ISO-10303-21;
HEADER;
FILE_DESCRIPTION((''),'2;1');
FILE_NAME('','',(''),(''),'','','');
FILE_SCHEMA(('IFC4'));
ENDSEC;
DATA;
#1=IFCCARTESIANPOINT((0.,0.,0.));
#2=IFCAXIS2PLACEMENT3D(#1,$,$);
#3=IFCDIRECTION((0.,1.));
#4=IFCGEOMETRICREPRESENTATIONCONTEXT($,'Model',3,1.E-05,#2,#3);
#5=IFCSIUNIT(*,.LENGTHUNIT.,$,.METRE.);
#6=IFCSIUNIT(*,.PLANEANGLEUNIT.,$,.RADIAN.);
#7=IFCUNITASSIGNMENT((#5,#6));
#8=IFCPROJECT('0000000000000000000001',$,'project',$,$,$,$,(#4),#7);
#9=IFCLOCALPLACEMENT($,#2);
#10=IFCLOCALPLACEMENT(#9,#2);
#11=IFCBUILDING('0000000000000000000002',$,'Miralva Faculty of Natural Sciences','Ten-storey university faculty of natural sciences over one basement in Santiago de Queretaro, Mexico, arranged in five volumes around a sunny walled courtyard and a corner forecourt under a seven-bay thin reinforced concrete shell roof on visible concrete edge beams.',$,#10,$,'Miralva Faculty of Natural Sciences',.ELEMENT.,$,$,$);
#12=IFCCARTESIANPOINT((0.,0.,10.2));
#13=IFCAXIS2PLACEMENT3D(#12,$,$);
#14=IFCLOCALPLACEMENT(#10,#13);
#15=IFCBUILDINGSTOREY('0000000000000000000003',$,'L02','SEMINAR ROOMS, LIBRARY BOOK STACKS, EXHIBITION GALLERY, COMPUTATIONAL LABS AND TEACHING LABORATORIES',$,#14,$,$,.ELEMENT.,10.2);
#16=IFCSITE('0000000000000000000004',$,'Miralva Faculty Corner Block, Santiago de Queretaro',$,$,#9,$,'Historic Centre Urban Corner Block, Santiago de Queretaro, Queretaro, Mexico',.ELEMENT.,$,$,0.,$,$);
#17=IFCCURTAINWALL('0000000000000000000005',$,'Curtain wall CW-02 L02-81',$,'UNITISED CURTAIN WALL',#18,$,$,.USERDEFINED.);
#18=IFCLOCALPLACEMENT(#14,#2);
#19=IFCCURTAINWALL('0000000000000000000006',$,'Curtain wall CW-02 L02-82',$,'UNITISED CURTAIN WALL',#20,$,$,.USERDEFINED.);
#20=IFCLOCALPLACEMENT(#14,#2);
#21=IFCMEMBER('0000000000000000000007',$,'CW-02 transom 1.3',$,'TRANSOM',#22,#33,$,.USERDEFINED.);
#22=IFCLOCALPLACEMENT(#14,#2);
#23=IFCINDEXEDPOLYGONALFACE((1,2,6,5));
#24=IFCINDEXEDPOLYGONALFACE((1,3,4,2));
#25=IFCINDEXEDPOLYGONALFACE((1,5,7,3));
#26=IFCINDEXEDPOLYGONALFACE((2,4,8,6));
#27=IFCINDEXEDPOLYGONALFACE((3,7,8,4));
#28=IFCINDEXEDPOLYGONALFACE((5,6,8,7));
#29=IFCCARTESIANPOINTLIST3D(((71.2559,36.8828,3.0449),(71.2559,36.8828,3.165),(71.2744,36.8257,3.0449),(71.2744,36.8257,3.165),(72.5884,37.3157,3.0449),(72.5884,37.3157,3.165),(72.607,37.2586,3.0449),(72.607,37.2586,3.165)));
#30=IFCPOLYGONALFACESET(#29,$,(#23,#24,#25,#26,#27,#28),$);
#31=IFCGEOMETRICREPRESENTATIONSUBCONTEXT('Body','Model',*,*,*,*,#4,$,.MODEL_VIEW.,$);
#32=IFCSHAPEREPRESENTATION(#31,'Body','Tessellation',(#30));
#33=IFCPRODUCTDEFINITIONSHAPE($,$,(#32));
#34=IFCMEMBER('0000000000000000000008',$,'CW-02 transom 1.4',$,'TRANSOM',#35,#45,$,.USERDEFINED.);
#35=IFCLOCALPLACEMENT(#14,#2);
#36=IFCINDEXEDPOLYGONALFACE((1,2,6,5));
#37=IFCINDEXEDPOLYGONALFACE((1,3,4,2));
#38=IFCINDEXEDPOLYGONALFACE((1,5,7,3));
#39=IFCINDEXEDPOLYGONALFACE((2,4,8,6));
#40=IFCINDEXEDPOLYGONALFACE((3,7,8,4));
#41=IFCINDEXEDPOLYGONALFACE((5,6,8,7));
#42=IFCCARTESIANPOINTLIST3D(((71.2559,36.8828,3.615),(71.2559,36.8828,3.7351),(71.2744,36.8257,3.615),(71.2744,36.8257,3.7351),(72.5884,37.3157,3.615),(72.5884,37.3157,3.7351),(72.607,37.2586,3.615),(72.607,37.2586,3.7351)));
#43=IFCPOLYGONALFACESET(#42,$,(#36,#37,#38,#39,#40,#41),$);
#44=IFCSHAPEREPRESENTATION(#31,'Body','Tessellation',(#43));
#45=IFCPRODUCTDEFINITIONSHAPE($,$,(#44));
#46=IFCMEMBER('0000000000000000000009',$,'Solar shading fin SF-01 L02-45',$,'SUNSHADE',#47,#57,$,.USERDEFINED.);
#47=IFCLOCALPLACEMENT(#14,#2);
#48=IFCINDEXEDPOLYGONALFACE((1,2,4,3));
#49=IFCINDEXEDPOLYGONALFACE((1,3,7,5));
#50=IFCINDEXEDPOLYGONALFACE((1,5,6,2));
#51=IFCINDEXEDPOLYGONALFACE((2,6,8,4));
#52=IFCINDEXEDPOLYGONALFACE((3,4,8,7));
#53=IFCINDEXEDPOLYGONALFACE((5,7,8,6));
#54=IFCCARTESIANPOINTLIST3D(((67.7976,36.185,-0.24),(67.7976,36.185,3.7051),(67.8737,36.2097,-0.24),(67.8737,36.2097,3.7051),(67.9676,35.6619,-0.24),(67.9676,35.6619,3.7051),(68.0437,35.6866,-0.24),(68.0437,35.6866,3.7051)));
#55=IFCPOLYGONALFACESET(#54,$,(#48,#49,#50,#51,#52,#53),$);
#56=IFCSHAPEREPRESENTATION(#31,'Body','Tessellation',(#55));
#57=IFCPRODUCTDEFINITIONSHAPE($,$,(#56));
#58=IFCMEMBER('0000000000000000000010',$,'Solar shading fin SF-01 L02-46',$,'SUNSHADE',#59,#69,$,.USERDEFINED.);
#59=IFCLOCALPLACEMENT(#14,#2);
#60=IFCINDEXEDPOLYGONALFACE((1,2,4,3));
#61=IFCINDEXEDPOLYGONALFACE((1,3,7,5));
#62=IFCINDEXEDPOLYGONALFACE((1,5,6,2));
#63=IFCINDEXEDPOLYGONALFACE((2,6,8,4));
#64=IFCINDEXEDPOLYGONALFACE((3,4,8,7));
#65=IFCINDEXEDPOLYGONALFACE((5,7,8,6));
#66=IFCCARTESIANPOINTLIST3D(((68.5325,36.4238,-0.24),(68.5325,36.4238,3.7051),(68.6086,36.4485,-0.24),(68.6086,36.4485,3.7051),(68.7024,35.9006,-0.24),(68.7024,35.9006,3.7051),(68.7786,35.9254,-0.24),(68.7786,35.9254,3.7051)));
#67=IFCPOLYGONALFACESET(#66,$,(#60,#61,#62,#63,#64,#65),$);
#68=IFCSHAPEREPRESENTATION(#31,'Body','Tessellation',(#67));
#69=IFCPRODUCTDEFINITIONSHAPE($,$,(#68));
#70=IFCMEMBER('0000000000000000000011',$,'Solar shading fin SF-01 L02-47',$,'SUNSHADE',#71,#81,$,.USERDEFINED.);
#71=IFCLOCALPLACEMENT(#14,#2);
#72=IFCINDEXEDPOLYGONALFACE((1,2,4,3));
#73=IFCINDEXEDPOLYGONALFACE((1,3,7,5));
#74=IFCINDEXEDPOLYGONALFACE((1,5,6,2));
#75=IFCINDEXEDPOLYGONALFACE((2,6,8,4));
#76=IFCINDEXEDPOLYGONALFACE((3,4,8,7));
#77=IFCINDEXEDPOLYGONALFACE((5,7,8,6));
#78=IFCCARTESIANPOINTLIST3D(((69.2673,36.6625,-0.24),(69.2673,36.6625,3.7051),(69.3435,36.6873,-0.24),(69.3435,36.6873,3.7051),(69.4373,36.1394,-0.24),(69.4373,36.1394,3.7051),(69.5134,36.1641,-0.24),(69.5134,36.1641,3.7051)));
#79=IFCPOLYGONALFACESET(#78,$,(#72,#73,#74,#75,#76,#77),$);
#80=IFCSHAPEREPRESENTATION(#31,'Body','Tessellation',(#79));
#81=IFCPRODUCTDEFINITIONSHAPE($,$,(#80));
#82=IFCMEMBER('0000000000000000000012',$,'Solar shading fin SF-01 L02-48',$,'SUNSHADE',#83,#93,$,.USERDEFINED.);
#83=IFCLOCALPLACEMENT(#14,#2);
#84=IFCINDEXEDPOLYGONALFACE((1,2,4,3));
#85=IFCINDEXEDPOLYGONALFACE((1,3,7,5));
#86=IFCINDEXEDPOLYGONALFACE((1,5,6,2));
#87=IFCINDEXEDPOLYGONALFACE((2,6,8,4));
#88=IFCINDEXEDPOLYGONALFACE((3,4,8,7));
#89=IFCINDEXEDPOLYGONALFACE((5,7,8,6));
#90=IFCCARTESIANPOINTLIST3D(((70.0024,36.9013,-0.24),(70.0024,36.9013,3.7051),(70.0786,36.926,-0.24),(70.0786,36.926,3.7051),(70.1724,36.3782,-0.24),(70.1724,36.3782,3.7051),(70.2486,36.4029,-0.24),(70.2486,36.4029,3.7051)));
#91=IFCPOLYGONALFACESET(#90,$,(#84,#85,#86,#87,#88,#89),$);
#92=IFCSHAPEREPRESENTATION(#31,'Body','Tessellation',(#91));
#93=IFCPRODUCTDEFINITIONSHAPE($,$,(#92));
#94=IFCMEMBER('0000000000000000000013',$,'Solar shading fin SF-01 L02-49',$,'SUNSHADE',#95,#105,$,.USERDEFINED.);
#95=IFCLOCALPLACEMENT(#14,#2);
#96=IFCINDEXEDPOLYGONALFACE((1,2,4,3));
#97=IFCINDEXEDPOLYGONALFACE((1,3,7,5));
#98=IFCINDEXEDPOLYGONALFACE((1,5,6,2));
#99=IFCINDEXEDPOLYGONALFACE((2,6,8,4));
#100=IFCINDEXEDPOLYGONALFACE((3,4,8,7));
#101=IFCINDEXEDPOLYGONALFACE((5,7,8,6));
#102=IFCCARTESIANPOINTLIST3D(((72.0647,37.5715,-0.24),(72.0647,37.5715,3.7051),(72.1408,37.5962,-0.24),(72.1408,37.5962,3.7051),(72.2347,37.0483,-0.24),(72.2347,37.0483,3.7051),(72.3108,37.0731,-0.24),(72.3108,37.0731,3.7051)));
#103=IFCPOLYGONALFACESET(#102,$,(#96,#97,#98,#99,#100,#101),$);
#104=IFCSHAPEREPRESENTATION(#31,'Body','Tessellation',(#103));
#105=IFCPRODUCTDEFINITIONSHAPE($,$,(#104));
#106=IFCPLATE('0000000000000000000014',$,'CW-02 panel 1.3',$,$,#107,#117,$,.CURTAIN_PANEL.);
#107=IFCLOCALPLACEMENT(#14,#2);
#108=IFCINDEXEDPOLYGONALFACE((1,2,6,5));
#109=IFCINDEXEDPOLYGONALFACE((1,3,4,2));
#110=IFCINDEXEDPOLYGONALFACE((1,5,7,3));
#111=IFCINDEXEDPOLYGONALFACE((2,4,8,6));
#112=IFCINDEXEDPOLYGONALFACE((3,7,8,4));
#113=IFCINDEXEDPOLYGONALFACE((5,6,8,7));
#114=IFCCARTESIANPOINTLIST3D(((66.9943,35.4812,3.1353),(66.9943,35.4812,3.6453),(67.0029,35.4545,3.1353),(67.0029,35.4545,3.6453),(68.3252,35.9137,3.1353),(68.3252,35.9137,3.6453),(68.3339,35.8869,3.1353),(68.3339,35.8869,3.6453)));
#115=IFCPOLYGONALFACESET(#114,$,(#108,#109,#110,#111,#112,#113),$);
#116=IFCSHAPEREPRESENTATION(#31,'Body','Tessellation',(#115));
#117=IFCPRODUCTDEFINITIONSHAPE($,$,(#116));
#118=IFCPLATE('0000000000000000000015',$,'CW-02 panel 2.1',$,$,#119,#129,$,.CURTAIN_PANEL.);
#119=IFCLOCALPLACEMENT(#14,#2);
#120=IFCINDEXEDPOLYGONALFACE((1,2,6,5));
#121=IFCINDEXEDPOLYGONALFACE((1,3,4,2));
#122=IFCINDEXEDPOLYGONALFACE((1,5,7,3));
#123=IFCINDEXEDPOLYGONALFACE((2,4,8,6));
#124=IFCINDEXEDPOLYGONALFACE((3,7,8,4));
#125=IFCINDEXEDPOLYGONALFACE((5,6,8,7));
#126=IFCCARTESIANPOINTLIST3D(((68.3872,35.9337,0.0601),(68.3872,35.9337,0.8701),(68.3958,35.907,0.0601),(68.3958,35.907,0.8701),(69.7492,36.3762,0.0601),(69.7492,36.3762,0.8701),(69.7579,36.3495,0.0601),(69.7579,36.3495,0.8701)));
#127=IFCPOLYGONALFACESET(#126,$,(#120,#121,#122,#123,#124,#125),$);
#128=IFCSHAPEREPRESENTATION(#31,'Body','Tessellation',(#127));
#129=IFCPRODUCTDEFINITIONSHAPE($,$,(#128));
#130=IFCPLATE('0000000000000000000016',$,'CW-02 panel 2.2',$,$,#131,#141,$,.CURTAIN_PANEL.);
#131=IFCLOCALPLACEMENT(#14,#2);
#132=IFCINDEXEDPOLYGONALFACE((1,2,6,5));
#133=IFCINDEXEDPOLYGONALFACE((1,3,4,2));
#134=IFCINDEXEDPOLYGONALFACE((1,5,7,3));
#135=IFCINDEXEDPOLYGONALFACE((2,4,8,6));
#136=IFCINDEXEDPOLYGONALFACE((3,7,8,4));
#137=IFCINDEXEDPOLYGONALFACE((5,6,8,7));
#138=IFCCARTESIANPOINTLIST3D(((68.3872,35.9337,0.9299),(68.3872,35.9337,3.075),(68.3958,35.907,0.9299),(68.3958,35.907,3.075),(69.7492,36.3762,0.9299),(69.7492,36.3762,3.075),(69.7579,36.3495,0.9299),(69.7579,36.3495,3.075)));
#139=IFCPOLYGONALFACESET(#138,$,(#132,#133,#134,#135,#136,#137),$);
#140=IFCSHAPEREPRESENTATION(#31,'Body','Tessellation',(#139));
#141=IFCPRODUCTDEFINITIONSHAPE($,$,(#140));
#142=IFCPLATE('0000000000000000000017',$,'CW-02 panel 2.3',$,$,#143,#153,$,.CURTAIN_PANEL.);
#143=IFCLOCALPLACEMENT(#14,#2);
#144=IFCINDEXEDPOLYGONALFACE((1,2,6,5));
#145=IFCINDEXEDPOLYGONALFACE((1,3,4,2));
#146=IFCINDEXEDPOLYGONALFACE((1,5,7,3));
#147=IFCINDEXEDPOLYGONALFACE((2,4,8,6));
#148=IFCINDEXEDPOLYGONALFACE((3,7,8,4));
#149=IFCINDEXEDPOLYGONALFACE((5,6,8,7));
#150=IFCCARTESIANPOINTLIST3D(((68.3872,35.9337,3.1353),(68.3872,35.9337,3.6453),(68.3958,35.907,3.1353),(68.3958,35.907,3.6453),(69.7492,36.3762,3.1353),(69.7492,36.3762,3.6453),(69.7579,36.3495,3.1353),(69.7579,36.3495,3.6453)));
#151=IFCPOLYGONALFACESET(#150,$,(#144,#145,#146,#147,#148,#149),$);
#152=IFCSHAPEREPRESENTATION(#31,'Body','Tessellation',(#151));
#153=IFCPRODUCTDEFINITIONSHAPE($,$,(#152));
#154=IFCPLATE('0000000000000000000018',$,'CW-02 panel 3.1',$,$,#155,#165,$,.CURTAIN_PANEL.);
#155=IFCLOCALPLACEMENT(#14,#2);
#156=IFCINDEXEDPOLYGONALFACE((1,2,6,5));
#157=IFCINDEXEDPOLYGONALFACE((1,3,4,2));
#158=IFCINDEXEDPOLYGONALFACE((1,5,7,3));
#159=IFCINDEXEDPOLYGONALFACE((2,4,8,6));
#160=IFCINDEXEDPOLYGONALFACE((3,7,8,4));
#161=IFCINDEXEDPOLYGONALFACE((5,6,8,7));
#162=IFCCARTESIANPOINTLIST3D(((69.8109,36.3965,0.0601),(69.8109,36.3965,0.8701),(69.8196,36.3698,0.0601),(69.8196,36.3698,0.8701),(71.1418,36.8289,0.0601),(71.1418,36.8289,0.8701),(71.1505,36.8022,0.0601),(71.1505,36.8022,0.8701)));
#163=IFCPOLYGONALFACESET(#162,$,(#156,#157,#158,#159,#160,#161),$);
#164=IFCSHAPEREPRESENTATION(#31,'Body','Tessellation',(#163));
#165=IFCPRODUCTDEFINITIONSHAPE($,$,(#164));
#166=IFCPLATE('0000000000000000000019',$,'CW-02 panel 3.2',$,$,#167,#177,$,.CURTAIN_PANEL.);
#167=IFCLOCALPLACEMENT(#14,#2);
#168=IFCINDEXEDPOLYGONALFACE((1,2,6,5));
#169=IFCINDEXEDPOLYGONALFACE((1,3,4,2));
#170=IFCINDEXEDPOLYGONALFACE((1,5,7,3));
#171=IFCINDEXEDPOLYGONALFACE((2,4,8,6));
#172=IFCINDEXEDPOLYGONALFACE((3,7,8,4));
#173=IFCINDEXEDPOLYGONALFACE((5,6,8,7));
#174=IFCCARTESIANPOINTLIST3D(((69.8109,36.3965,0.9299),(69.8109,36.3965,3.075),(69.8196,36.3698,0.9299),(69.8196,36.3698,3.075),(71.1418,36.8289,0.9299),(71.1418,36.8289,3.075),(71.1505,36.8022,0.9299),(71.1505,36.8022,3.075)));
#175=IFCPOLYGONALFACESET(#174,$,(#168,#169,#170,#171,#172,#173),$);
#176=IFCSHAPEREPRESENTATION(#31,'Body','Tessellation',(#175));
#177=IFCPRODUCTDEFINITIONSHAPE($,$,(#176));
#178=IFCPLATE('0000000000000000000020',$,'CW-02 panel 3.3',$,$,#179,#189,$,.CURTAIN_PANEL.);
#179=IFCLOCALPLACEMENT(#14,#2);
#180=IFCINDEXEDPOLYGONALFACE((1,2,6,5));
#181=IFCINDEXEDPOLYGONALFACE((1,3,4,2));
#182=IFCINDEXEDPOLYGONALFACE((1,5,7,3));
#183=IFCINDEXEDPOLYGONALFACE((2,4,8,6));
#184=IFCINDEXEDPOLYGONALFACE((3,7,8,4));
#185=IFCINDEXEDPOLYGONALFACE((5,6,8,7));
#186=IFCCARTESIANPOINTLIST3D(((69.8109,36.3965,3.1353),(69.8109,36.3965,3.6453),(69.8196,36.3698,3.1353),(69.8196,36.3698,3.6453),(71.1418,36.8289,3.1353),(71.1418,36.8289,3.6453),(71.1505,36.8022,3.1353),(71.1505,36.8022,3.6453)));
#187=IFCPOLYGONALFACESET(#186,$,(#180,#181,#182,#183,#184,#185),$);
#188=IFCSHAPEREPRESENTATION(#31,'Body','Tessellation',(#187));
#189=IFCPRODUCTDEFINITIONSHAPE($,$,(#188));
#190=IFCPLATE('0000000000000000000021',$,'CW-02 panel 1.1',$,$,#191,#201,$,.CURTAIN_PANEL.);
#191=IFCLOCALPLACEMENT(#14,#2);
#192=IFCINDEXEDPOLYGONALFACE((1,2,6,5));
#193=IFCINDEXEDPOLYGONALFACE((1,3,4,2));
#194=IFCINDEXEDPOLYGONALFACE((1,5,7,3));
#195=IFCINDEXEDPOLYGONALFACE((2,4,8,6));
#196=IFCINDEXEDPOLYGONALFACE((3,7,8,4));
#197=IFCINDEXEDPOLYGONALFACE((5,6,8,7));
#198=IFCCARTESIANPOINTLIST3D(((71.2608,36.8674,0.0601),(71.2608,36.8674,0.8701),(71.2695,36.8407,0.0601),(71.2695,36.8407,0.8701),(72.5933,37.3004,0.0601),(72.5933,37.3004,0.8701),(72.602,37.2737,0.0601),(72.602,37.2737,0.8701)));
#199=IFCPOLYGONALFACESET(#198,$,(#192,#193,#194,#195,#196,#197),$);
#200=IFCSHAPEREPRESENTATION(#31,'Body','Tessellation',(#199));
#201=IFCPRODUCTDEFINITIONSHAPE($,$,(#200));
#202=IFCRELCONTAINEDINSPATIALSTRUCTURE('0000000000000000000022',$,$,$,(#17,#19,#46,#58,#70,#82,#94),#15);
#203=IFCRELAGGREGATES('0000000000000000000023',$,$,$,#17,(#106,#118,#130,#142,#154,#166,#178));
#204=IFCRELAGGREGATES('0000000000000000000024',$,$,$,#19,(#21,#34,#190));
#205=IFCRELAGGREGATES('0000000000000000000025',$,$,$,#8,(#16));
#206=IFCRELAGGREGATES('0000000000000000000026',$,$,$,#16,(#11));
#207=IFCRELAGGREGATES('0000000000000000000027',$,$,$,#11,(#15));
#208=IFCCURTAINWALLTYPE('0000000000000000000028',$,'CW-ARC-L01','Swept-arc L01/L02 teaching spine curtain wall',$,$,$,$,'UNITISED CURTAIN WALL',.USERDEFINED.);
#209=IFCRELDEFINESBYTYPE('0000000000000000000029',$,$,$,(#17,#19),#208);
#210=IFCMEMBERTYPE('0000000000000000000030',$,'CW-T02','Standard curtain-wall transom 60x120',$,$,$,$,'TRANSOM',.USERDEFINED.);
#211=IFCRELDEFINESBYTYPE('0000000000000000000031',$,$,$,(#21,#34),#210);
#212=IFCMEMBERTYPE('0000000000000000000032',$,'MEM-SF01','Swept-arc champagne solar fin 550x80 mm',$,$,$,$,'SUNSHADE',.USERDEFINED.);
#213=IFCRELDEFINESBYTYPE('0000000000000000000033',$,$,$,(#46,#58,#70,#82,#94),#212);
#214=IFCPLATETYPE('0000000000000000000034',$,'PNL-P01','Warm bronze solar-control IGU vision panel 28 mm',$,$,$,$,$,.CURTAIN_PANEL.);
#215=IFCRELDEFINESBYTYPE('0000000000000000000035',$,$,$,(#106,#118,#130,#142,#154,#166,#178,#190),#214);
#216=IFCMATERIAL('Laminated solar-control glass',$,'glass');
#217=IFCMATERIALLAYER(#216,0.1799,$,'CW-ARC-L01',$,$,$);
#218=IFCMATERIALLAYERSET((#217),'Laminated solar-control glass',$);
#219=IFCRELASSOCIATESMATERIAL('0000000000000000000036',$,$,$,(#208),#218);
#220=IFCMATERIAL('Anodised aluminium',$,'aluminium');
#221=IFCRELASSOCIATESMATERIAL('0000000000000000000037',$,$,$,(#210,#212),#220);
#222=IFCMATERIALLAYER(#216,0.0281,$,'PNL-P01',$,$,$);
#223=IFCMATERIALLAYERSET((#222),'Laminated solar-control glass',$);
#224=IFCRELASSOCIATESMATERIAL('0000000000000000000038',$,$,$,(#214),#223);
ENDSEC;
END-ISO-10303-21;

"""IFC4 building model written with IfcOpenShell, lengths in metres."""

from ifc_helpers import new_model, si_unit, direction, frame, origin, origin_2d, place, context, subcontext, project, spatial, rectangle, extrude, material, layer, layer_set, material_profile, profile_set, type_object, element, aggregate, save


model = new_model("IFC4")

# Units and contexts
model_context = context("Model", 3, precision=1e-05, world=origin(), true_north=direction((0.0, 1.0)))
body_context = subcontext(model_context, "Body", "Model", "MODEL_VIEW")
ifc_project = project(units=[si_unit("LENGTHUNIT", "METRE"), si_unit("PLANEANGLEUNIT", "RADIAN")], contexts=[model_context])

# Site, building, storey
site_placement = place(None, origin())
site = spatial("IfcSite", under=ifc_project, at=site_placement, Name="Miralva Faculty Corner Block, Santiago de Queretaro", LongName="Historic Centre Urban Corner Block, Santiago de Queretaro, Queretaro, Mexico", CompositionType="ELEMENT", RefElevation=0.0)
building_placement = place(site_placement, origin())
building = spatial("IfcBuilding", under=site, at=building_placement, Name="Miralva Faculty of Natural Sciences", Description="Ten-storey university faculty of natural sciences over one basement in Santiago de Queretaro, Mexico, arranged in five volumes around a sunny walled courtyard and a corner forecourt under a seven-bay thin reinforced concrete shell roof on visible concrete edge beams.", LongName="Miralva Faculty of Natural Sciences", CompositionType="ELEMENT")
storey_placement = place(building_placement, frame((0.0, 0.0, 10.2)))
storey = spatial("IfcBuildingStorey", under=building, at=storey_placement, Name="L02", Description="SEMINAR ROOMS, LIBRARY BOOK STACKS, EXHIBITION GALLERY, COMPUTATIONAL LABS AND TEACHING LABORATORIES", CompositionType="ELEMENT", Elevation=10.2)

# Curtain wall
ifc_material_1 = material(Name="Laminated solar-control glass", Category="glass")
ifc_layer_1 = layer(ifc_material_1, 0.1799, Name="CW-ARC-L01")
ifc_layer_set_1 = layer_set([ifc_layer_1], Name="Laminated solar-control glass")
curtain_wall_type = type_object("IfcCurtainWallType", Name="CW-ARC-L01", Description="Swept-arc L01/L02 teaching spine curtain wall", ElementType="UNITISED CURTAIN WALL", PredefinedType="USERDEFINED", material=ifc_layer_set_1)
curtain_wall_1_placement = place(storey_placement, origin())
curtain_wall_1 = element("IfcCurtainWall", 1, at=curtain_wall_1_placement, inside=storey, type_object=curtain_wall_type, Name="Curtain wall CW-02 L02-81", ObjectType="UNITISED CURTAIN WALL", PredefinedType="USERDEFINED")
ifc_material_2 = material(Name="Anodised aluminium", Category="aluminium")

# Curtain wall
curtain_wall_2_placement = place(storey_placement, origin())
curtain_wall_2 = element("IfcCurtainWall", 2, at=curtain_wall_2_placement, inside=storey, type_object=curtain_wall_type, Name="Curtain wall CW-02 L02-82", ObjectType="UNITISED CURTAIN WALL", PredefinedType="USERDEFINED")

# Members
ifc_material_profile_1 = material_profile(ifc_material_2, rectangle(XDim=0.0601, YDim=0.1201, at=origin_2d()), Name="TRANSOM 60x120")
ifc_profile_set_1 = profile_set([ifc_material_profile_1], Name="Anodised aluminium")
member_type_1 = type_object("IfcMemberType", Name="CW-T02", Description="Standard curtain-wall transom 60x120", ElementType="TRANSOM", PredefinedType="USERDEFINED", material=ifc_profile_set_1)
member_1_placement = place(storey_placement, frame((71.2651, 36.8542, 3.105), z_axis=(0.951078, 0.308952, 0.0), x_axis=(-0.308952, 0.951078, 0.0)))
member_1 = element("IfcMember", 3, at=member_1_placement, type_object=member_type_1, Name="CW-02 transom 1.3", ObjectType="TRANSOM", PredefinedType="USERDEFINED", context=body_context, shape_type="SweptSolid", body=[
    extrude(rectangle(XDim=0.0601, YDim=0.1201, at=origin_2d()), origin(), (0.0, 0.0, 1.0), 1.4011),
])
member_2_placement = place(storey_placement, frame((71.2651, 36.8542, 3.675), z_axis=(0.951078, 0.308952, 0.0), x_axis=(-0.308952, 0.951078, 0.0)))
member_2 = element("IfcMember", 4, at=member_2_placement, type_object=member_type_1, Name="CW-02 transom 1.4", ObjectType="TRANSOM", PredefinedType="USERDEFINED", context=body_context, shape_type="SweptSolid", body=[
    extrude(rectangle(XDim=0.0601, YDim=0.1201, at=origin_2d()), origin(), (0.0, 0.0, 1.0), 1.4011),
])

# Members
ifc_material_profile_2 = material_profile(ifc_material_2, rectangle(XDim=0.0801, YDim=0.55, at=origin_2d()), Name="FIN 550x80")
ifc_profile_set_2 = profile_set([ifc_material_profile_2], Name="Anodised aluminium")
member_type_2 = type_object("IfcMemberType", Name="MEM-SF01", Description="Swept-arc champagne solar fin 550x80 mm", ElementType="SUNSHADE", PredefinedType="USERDEFINED", material=ifc_profile_set_2)
for number, where, z_axis, x_axis, name in (
    (5, (67.9207, 35.9358, -0.24), (0.0, 0.0, 1.0), (-0.951057, -0.309017, 0.0), "Solar shading fin SF-01 L02-45"),
    (6, (68.6555, 36.1746, -0.24), (0.0, 0.0, 1.0), (-0.951057, -0.309017, 0.0), "Solar shading fin SF-01 L02-46"),
    (7, (69.3904, 36.4133, -0.24), (0.0, 0.0, 1.0), (-0.951057, -0.309017, 0.0), "Solar shading fin SF-01 L02-47"),
    (8, (70.1255, 36.6521, -0.24), (0.0, 0.0, 1.0), (-0.951057, -0.309017, 0.0), "Solar shading fin SF-01 L02-48"),
    (9, (72.1877, 37.3223, -0.24), (0.0, 0.0, 1.0), (-0.951057, -0.309017, 0.0), "Solar shading fin SF-01 L02-49"),
):
    element("IfcMember", number, at=place(storey_placement, frame(where, z_axis=z_axis, x_axis=x_axis)), inside=storey, type_object=member_type_2, Name=name, ObjectType="SUNSHADE", PredefinedType="USERDEFINED", context=body_context, shape_type="SweptSolid", body=[
        extrude(rectangle(XDim=0.0801, YDim=0.55, at=origin_2d()), origin(), (0.0, 0.0, 1.0), 3.9451),
    ])

# Plates
ifc_layer_2 = layer(ifc_material_1, 0.0281, Name="PNL-P01")
ifc_layer_set_2 = layer_set([ifc_layer_2], Name="Laminated solar-control glass")
plate_type = type_object("IfcPlateType", Name="PNL-P01", Description="Warm bronze solar-control IGU vision panel 28 mm", PredefinedType="CURTAIN_PANEL", material=ifc_layer_set_2)
plate_1_placement = place(storey_placement, frame((67.6641, 35.6841, 3.1353), z_axis=(0.0, 0.0, 1.0), x_axis=(0.951058, 0.309011, 0.0)))
plate_1 = element("IfcPlate", 10, at=plate_1_placement, type_object=plate_type, Name="CW-02 panel 1.3", PredefinedType="CURTAIN_PANEL", context=body_context, shape_type="SweptSolid", body=[
    extrude(rectangle(XDim=1.3994, YDim=0.0281, at=origin_2d()), origin(), (0.0, 0.0, 1.0), 0.51),
])
plate_2_placement = place(storey_placement, frame((69.0725, 36.1416, 0.0601), z_axis=(0.0, 0.0, 1.0), x_axis=(0.951058, 0.309011, 0.0)))
plate_2 = element("IfcPlate", 11, at=plate_2_placement, type_object=plate_type, Name="CW-02 panel 2.1", PredefinedType="CURTAIN_PANEL", context=body_context, shape_type="SweptSolid", body=[
    extrude(rectangle(XDim=1.4321, YDim=0.0281, at=origin_2d()), origin(), (0.0, 0.0, 1.0), 0.8101),
])
plate_3_placement = place(storey_placement, frame((69.0725, 36.1416, 0.9299), z_axis=(0.0, 0.0, 1.0), x_axis=(0.951058, 0.309011, 0.0)))
plate_3 = element("IfcPlate", 12, at=plate_3_placement, type_object=plate_type, Name="CW-02 panel 2.2", PredefinedType="CURTAIN_PANEL", context=body_context, shape_type="SweptSolid", body=[
    extrude(rectangle(XDim=1.4321, YDim=0.0281, at=origin_2d()), origin(), (0.0, 0.0, 1.0), 2.145),
])
plate_4_placement = place(storey_placement, frame((69.0725, 36.1416, 3.1353), z_axis=(0.0, 0.0, 1.0), x_axis=(0.951058, 0.309011, 0.0)))
plate_4 = element("IfcPlate", 13, at=plate_4_placement, type_object=plate_type, Name="CW-02 panel 2.3", PredefinedType="CURTAIN_PANEL", context=body_context, shape_type="SweptSolid", body=[
    extrude(rectangle(XDim=1.4321, YDim=0.0281, at=origin_2d()), origin(), (0.0, 0.0, 1.0), 0.51),
])
plate_5_placement = place(storey_placement, frame((70.4807, 36.5994, 0.0601), z_axis=(0.0, 0.0, 1.0), x_axis=(0.951058, 0.309011, 0.0)))
plate_5 = element("IfcPlate", 14, at=plate_5_placement, type_object=plate_type, Name="CW-02 panel 3.1", PredefinedType="CURTAIN_PANEL", context=body_context, shape_type="SweptSolid", body=[
    extrude(rectangle(XDim=1.3994, YDim=0.0281, at=origin_2d()), origin(), (0.0, 0.0, 1.0), 0.8101),
])
plate_6_placement = place(storey_placement, frame((70.4807, 36.5994, 0.9299), z_axis=(0.0, 0.0, 1.0), x_axis=(0.951058, 0.309011, 0.0)))
plate_6 = element("IfcPlate", 15, at=plate_6_placement, type_object=plate_type, Name="CW-02 panel 3.2", PredefinedType="CURTAIN_PANEL", context=body_context, shape_type="SweptSolid", body=[
    extrude(rectangle(XDim=1.3994, YDim=0.0281, at=origin_2d()), origin(), (0.0, 0.0, 1.0), 2.145),
])
plate_7_placement = place(storey_placement, frame((70.4807, 36.5994, 3.1353), z_axis=(0.0, 0.0, 1.0), x_axis=(0.951058, 0.309011, 0.0)))
plate_7 = element("IfcPlate", 16, at=plate_7_placement, type_object=plate_type, Name="CW-02 panel 3.3", PredefinedType="CURTAIN_PANEL", context=body_context, shape_type="SweptSolid", body=[
    extrude(rectangle(XDim=1.3994, YDim=0.0281, at=origin_2d()), origin(), (0.0, 0.0, 1.0), 0.51),
])
aggregate(curtain_wall_1, [plate_1, plate_2, plate_3, plate_4, plate_5, plate_6, plate_7])
plate_8_placement = place(storey_placement, frame((71.9314, 37.0706, 0.0601), z_axis=(0.0, 0.0, 1.0), x_axis=(0.95106, 0.309006, 0.0)))
plate_8 = element("IfcPlate", 17, at=plate_8_placement, type_object=plate_type, Name="CW-02 panel 1.1", PredefinedType="CURTAIN_PANEL", context=body_context, shape_type="SweptSolid", body=[
    extrude(rectangle(XDim=1.4011, YDim=0.0281, at=origin_2d()), origin(), (0.0, 0.0, 1.0), 0.8101),
])
aggregate(curtain_wall_2, [member_1, member_2, plate_8])

save(model, "model.ifc")
